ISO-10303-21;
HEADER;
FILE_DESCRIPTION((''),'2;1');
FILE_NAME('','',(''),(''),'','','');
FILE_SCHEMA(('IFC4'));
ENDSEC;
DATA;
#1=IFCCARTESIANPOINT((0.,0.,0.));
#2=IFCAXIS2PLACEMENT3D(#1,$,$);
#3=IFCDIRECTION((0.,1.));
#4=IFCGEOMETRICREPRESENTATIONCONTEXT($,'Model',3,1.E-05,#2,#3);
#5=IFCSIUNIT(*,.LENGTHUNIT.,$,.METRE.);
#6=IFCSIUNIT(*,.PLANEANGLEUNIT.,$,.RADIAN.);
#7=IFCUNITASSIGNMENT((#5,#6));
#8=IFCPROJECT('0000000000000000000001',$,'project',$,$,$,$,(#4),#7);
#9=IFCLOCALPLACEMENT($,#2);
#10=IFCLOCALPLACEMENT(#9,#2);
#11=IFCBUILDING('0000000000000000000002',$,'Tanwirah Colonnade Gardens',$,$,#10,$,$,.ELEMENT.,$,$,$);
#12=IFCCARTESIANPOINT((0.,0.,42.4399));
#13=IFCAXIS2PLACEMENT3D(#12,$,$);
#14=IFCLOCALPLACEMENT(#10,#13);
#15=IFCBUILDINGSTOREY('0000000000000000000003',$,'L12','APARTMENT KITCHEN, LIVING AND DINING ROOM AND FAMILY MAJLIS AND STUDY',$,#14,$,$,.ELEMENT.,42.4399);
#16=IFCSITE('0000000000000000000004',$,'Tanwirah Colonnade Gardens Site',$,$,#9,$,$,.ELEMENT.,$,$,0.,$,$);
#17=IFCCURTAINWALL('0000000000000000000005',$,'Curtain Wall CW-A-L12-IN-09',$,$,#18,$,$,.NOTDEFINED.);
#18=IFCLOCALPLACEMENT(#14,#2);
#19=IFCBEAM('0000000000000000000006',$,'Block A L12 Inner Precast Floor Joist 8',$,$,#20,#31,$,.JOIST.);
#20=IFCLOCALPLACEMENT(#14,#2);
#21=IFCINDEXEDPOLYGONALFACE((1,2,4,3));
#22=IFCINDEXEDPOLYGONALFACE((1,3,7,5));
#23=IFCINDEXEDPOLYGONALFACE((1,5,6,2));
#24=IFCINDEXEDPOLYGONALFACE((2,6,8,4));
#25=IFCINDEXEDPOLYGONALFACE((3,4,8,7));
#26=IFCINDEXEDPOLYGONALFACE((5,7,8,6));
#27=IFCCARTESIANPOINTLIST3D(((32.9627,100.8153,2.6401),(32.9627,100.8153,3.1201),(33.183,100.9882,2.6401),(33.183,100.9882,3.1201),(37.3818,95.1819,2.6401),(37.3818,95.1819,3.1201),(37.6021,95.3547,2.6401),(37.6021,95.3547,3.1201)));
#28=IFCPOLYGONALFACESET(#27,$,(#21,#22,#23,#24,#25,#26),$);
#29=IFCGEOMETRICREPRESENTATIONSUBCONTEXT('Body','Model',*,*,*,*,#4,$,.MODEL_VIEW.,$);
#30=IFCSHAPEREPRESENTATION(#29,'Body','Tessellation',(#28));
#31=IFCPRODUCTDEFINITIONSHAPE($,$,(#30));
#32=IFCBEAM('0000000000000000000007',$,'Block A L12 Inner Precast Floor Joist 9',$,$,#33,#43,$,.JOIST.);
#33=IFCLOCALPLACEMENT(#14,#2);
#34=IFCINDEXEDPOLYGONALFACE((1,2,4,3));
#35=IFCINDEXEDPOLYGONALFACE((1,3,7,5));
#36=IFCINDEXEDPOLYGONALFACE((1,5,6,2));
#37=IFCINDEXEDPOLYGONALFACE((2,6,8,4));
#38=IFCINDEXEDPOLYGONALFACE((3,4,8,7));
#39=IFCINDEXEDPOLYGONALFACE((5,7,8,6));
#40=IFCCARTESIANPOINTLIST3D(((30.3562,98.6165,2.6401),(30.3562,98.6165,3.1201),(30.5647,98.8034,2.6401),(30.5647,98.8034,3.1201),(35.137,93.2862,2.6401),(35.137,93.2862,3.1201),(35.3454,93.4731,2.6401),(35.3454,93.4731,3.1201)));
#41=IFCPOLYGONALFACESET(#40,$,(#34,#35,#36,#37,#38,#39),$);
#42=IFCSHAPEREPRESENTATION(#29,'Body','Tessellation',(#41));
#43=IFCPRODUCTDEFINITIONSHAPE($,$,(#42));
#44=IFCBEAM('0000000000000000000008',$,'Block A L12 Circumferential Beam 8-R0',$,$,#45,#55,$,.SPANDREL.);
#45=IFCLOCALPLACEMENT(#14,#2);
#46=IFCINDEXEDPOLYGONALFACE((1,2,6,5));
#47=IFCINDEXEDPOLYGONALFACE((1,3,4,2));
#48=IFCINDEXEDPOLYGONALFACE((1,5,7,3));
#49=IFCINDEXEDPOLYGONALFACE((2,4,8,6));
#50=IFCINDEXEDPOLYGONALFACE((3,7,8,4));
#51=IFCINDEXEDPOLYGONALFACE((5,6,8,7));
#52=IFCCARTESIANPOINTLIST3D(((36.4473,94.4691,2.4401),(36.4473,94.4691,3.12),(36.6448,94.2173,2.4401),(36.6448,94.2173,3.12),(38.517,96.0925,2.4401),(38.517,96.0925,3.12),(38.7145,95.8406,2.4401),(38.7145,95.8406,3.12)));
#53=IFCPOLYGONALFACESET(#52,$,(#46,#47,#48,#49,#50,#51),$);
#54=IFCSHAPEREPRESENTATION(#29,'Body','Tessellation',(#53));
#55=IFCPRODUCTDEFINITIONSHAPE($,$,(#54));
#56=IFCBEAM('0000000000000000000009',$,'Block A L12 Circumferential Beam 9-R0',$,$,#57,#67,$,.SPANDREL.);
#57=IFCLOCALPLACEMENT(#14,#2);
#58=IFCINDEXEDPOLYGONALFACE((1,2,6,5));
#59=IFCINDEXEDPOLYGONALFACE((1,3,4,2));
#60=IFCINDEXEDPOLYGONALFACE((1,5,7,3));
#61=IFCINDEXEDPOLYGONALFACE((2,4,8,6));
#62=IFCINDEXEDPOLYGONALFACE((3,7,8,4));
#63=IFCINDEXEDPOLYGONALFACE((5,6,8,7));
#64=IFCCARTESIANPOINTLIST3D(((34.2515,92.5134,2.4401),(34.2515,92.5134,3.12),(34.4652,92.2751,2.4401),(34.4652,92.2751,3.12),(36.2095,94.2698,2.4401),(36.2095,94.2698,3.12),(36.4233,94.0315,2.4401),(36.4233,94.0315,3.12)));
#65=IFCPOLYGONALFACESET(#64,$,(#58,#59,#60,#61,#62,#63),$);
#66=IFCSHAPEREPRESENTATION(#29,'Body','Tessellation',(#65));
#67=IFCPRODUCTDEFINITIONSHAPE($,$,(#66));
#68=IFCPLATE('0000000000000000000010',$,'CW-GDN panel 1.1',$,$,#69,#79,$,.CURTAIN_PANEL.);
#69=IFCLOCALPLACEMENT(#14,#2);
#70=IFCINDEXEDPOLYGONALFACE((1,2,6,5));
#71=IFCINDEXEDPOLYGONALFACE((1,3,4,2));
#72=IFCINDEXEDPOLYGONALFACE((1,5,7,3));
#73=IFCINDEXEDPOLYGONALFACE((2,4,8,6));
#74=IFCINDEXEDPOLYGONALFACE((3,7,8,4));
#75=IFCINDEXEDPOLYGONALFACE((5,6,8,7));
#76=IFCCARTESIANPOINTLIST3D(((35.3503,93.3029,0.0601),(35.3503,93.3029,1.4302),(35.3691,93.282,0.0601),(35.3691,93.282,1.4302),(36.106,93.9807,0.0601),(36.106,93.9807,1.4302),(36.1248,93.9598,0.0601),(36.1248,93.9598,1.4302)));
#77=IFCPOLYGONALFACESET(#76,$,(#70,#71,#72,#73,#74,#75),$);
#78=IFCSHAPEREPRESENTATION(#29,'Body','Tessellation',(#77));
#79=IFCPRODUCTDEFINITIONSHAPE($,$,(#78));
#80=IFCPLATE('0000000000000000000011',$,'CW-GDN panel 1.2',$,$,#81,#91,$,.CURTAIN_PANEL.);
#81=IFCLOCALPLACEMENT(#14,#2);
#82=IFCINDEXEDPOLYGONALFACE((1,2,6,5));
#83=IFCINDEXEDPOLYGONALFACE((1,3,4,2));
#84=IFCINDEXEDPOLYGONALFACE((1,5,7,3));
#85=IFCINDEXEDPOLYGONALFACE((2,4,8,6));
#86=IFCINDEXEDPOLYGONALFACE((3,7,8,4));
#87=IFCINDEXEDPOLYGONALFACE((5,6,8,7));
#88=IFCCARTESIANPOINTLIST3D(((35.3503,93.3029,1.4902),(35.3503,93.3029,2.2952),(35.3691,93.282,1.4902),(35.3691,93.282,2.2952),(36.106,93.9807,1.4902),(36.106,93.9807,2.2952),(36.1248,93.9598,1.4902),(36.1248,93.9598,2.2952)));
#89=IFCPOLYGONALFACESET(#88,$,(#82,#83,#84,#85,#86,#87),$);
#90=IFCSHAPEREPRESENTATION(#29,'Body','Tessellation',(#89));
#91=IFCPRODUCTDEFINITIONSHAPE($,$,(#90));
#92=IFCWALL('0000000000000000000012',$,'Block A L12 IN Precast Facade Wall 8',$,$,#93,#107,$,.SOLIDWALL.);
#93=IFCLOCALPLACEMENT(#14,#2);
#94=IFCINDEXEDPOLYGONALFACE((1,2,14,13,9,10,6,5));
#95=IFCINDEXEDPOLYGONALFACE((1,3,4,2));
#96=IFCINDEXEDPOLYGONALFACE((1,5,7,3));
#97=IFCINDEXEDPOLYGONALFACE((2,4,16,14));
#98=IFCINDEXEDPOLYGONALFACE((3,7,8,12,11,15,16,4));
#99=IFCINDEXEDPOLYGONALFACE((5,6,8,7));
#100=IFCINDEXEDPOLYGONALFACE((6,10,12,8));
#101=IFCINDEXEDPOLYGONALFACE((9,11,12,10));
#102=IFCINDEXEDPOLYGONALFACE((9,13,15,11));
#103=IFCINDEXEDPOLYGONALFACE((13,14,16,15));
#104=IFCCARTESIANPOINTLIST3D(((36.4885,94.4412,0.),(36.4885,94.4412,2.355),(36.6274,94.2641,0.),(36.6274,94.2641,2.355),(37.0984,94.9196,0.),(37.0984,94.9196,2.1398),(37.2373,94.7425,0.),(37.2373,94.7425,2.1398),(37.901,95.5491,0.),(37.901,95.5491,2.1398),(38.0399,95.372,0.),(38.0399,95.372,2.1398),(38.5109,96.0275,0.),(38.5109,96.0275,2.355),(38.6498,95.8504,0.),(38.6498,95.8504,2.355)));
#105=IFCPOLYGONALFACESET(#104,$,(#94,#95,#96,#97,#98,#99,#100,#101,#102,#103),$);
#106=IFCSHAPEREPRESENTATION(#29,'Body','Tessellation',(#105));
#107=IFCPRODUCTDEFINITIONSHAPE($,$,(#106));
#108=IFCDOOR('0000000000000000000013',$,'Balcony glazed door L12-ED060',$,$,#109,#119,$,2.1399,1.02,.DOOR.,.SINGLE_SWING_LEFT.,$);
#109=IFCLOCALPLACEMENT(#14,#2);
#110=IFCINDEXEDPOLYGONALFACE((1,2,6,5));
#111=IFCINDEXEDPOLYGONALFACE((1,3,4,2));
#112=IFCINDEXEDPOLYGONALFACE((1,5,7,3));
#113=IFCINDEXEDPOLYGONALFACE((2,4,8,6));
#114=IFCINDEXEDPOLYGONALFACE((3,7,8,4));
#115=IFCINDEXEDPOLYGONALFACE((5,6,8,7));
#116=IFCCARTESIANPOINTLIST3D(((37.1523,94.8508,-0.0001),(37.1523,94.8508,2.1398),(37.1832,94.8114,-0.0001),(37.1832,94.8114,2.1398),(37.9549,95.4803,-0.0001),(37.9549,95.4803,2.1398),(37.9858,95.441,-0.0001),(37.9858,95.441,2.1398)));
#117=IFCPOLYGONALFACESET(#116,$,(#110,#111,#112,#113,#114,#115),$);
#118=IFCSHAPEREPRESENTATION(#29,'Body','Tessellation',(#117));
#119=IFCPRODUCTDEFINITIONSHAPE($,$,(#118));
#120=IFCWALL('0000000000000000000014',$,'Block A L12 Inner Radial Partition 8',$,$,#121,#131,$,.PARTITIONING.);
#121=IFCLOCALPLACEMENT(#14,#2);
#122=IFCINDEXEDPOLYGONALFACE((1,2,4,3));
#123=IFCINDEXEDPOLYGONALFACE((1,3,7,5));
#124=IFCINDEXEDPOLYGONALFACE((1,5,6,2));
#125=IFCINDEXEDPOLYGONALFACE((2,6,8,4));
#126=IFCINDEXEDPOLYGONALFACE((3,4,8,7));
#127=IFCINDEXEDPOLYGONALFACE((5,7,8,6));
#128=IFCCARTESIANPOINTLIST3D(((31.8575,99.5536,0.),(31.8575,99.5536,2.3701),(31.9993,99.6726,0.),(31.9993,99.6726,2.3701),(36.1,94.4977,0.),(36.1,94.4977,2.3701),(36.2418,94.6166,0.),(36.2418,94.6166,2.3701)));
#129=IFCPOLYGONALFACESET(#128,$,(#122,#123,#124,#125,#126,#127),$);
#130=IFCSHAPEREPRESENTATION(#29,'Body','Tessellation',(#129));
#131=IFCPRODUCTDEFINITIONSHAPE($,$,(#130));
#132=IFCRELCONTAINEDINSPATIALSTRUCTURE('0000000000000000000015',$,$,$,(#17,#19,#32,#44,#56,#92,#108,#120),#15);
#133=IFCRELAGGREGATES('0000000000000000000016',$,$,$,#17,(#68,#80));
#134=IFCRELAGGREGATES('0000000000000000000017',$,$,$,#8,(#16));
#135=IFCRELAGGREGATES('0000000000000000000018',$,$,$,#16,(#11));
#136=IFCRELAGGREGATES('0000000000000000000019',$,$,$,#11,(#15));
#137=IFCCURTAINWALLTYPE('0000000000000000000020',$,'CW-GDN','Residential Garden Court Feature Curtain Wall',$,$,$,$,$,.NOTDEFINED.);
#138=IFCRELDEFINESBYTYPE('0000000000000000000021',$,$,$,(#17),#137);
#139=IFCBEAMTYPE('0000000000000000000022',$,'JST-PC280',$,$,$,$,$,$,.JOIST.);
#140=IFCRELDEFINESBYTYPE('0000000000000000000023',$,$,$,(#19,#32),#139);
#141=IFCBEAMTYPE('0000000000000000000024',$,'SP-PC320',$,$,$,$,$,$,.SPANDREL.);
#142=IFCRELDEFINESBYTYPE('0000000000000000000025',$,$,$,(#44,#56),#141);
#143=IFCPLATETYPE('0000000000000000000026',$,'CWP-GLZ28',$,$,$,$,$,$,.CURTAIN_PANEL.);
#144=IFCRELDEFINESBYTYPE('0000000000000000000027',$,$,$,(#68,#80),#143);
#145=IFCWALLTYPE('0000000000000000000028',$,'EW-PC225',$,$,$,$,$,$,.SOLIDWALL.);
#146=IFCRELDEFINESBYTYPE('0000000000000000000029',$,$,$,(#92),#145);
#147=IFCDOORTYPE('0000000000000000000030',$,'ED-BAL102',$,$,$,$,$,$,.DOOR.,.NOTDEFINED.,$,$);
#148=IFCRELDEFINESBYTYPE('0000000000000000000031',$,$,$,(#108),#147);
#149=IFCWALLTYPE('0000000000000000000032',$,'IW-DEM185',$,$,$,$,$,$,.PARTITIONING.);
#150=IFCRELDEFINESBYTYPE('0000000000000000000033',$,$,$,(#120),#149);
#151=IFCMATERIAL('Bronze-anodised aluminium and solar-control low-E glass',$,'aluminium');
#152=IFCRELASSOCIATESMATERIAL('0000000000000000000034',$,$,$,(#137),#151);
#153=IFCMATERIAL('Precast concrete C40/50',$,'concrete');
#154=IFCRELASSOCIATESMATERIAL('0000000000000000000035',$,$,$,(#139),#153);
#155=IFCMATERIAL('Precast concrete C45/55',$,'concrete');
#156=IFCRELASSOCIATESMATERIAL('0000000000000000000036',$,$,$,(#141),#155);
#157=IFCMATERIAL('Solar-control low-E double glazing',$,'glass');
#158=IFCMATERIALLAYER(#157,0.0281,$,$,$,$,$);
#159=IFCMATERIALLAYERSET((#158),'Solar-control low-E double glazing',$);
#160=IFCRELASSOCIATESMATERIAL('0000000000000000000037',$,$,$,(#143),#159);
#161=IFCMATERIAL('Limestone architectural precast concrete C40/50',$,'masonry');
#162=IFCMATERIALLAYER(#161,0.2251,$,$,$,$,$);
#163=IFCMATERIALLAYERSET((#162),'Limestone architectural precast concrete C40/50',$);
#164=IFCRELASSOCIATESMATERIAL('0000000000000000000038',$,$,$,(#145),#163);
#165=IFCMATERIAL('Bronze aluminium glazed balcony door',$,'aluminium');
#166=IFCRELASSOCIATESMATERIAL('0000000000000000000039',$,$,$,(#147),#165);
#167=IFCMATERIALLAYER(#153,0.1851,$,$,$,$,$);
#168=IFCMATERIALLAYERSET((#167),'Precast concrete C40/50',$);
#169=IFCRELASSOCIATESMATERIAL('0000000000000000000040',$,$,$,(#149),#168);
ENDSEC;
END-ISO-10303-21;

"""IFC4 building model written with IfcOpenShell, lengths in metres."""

from ifc_helpers import new_model, si_unit, direction, frame, frame_2d, origin, origin_2d, place, context, subcontext, project, spatial, rectangle, extrude, material, layer, layer_set, material_profile, profile_set, type_object, element, fill, aggregate, save


model = new_model("IFC4")

# Units and contexts
model_context = context("Model", 3, precision=1e-05, world=origin(), true_north=direction((0.0, 1.0)))
body_context = subcontext(model_context, "Body", "Model", "MODEL_VIEW")
ifc_project = project(units=[si_unit("LENGTHUNIT", "METRE"), si_unit("PLANEANGLEUNIT", "RADIAN")], contexts=[model_context])

# Site, building, storey
site_placement = place(None, origin())
site = spatial("IfcSite", under=ifc_project, at=site_placement, Name="Tanwirah Colonnade Gardens Site", CompositionType="ELEMENT", RefElevation=0.0)
building_placement = place(site_placement, origin())
building = spatial("IfcBuilding", under=site, at=building_placement, Name="Tanwirah Colonnade Gardens", CompositionType="ELEMENT")
storey_placement = place(building_placement, frame((0.0, 0.0, 42.4399)))
storey = spatial("IfcBuildingStorey", under=building, at=storey_placement, Name="L12", Description="APARTMENT KITCHEN, LIVING AND DINING ROOM AND FAMILY MAJLIS AND STUDY", CompositionType="ELEMENT", Elevation=42.4399)

# Shared definitions
ifc_material_1 = material(Name="Precast concrete C40/50", Category="concrete")

# Curtain wall
ifc_material_2 = material(Name="Bronze-anodised aluminium and solar-control low-E glass", Category="aluminium")
curtain_wall_type = type_object("IfcCurtainWallType", Name="CW-GDN", Description="Residential Garden Court Feature Curtain Wall", PredefinedType="NOTDEFINED", material=ifc_material_2)
curtain_wall_placement = place(storey_placement, origin())
curtain_wall = element("IfcCurtainWall", 1, at=curtain_wall_placement, inside=storey, type_object=curtain_wall_type, Name="Curtain Wall CW-A-L12-IN-09", PredefinedType="NOTDEFINED")

# Beams
ifc_material_profile_1 = material_profile(ifc_material_1, rectangle(XDim=0.28, YDim=0.48, at=origin_2d()), Name="PC-JST 280x480")
ifc_profile_set_1 = profile_set([ifc_material_profile_1], Name="Precast concrete C40/50")
beam_type_1 = type_object("IfcBeamType", Name="JST-PC280", PredefinedType="JOIST", material=ifc_profile_set_1)
for number, where, z_axis, x_axis, name in (
    (2, (37.4919, 95.2683, 2.8801), (-0.617202, 0.786804, 0.0), (-0.786804, -0.617202, 0.0), "Block A L12 Inner Precast Floor Joist 8"),
):
    element("IfcBeam", number, at=place(storey_placement, frame(where, z_axis=z_axis, x_axis=x_axis)), inside=storey, type_object=beam_type_1, Name=name, PredefinedType="JOIST", context=body_context, shape_type="SweptSolid", body=[
        extrude(rectangle(XDim=0.28, YDim=0.48, at=origin_2d()), origin(), (0.0, 0.0, 1.0), 7.1599),
    ])
beam_placement = place(storey_placement, frame((35.2412, 93.3796, 2.8801), z_axis=(-0.667688, 0.744441, 0.0), x_axis=(-0.744441, -0.667688, 0.0)))
element("IfcBeam", 3, at=beam_placement, inside=storey, type_object=beam_type_1, Name="Block A L12 Inner Precast Floor Joist 9", PredefinedType="JOIST", context=body_context, shape_type="SweptSolid", body=[
    extrude(rectangle(XDim=0.28, YDim=0.48, at=origin_2d()), origin(), (0.0, 0.0, 1.0), 7.1602),
])
ifc_material_3 = material(Name="Precast concrete C45/55", Category="concrete")
ifc_material_profile_2 = material_profile(ifc_material_3, rectangle(XDim=0.3201, YDim=0.6799, at=origin_2d()), Name="PC-SP 320x680")
ifc_profile_set_2 = profile_set([ifc_material_profile_2], Name="Precast concrete C45/55")
beam_type_2 = type_object("IfcBeamType", Name="SP-PC320", PredefinedType="SPANDREL", material=ifc_profile_set_2)
for number, where, z_axis, x_axis, name in (
    (4, (38.6157, 95.9666, 2.78), (-0.786837, -0.617161, 0.0), (0.617161, -0.786837, 0.0), "Block A L12 Circumferential Beam 8-R0"),
    (5, (36.3164, 94.1506, 2.78), (-0.744401, -0.667733, 0.0), (0.667733, -0.744401, 0.0), "Block A L12 Circumferential Beam 9-R0"),
):
    element("IfcBeam", number, at=place(storey_placement, frame(where, z_axis=z_axis, x_axis=x_axis)), inside=storey, type_object=beam_type_2, Name=name, PredefinedType="SPANDREL", context=body_context, shape_type="SweptSolid", body=[
        extrude(rectangle(XDim=0.3201, YDim=0.6799, at=origin_2d()), origin(), (0.0, 0.0, 1.0), 2.6304),
    ])

# Plates
ifc_material_4 = material(Name="Solar-control low-E double glazing", Category="glass")
ifc_layer_1 = layer(ifc_material_4, 0.0281)
ifc_layer_set_1 = layer_set([ifc_layer_1], Name="Solar-control low-E double glazing")
plate_type = type_object("IfcPlateType", Name="CWP-GLZ28", PredefinedType="CURTAIN_PANEL", material=ifc_layer_set_1)
plate_1_placement = place(storey_placement, frame((35.7375, 93.6313, 0.0601), z_axis=(0.0, 0.0, 1.0), x_axis=(-0.74444, -0.667689, 0.0)))
plate_1 = element("IfcPlate", 6, at=plate_1_placement, type_object=plate_type, Name="CW-GDN panel 1.1", PredefinedType="CURTAIN_PANEL", context=body_context, shape_type="SweptSolid", body=[
    extrude(rectangle(XDim=1.0151, YDim=0.0281, at=origin_2d()), origin(), (0.0, 0.0, 1.0), 1.3701),
])
plate_2_placement = place(storey_placement, frame((35.7375, 93.6313, 1.4902), z_axis=(0.0, 0.0, 1.0), x_axis=(-0.74444, -0.667689, 0.0)))
plate_2 = element("IfcPlate", 7, at=plate_2_placement, type_object=plate_type, Name="CW-GDN panel 1.2", PredefinedType="CURTAIN_PANEL", context=body_context, shape_type="SweptSolid", body=[
    extrude(rectangle(XDim=1.0151, YDim=0.0281, at=origin_2d()), origin(), (0.0, 0.0, 1.0), 0.8049),
])
aggregate(curtain_wall, [plate_1, plate_2])

# Wall, opening, door
ifc_material_5 = material(Name="Limestone architectural precast concrete C40/50", Category="masonry")
ifc_layer_2 = layer(ifc_material_5, 0.2251)
ifc_layer_set_2 = layer_set([ifc_layer_2], Name="Limestone architectural precast concrete C40/50")
wall_type_1 = type_object("IfcWallType", Name="EW-PC225", PredefinedType="SOLIDWALL", material=ifc_layer_set_2)
wall_1_placement = place(storey_placement, frame((38.5803, 95.939, 0.0), z_axis=(0.0, 0.0, 1.0), x_axis=(-0.786819, -0.617184, 0.0)))
wall_1 = element("IfcWall", 8, at=wall_1_placement, inside=storey, type_object=wall_type_1, Name="Block A L12 IN Precast Facade Wall 8", PredefinedType="SOLIDWALL", context=body_context, shape_type="SweptSolid", body=[
    extrude(rectangle(XDim=2.5703, YDim=0.2251, at=frame_2d((1.2852, 0.0))), origin(), (0.0, 0.0, 1.0), 2.355),
])
opening_placement = place(wall_1_placement, frame((0.7751, 0.0, 0.0)))
opening = element("IfcOpeningElement", 9, at=opening_placement, cuts=wall_1, PredefinedType="OPENING", context=body_context, shape_type="SweptSolid", body=[
    extrude(rectangle(XDim=1.02, YDim=2.1399, at=frame_2d((0.51, 1.0698))), frame((0.0, 0.1226, 0.0), z_axis=(0.0, -1.0, 0.0), x_axis=(1.0, 0.0, 0.0)), (0.0, 0.0, 1.0), 0.2451),
])
ifc_material_6 = material(Name="Bronze aluminium glazed balcony door", Category="aluminium")
door_type = type_object("IfcDoorType", Name="ED-BAL102", OperationType="NOTDEFINED", PredefinedType="DOOR", material=ifc_material_6)
door_placement = place(opening_placement, origin())
door = element("IfcDoor", 10, at=door_placement, inside=storey, type_object=door_type, Name="Balcony glazed door L12-ED060", OperationType="SINGLE_SWING_LEFT", OverallHeight=2.1399, OverallWidth=1.02, PredefinedType="DOOR", context=body_context, shape_type="SweptSolid", body=[
    extrude(rectangle(XDim=1.02, YDim=2.1399, at=frame_2d((0.51, 1.0698))), frame((0.0, 0.0249, 0.0), z_axis=(0.0, -1.0, 0.0), x_axis=(1.0, 0.0, 0.0)), (0.0, 0.0, 1.0), 0.05),
])
fill(opening, door)

# Wall
ifc_layer_3 = layer(ifc_material_1, 0.1851)
ifc_layer_set_3 = layer_set([ifc_layer_3], Name="Precast concrete C40/50")
wall_type_2 = type_object("IfcWallType", Name="IW-DEM185", PredefinedType="PARTITIONING", material=ifc_layer_set_3)
wall_2_placement = place(storey_placement, frame((36.1709, 94.5571, 0.0), z_axis=(0.0, 0.0, 1.0), x_axis=(-0.642789, 0.766043, 0.0)))
element("IfcWall", 11, at=wall_2_placement, inside=storey, type_object=wall_type_2, Name="Block A L12 Inner Radial Partition 8", PredefinedType="PARTITIONING", context=body_context, shape_type="SweptSolid", body=[
    extrude(rectangle(XDim=6.6001, YDim=0.1851, at=frame_2d((3.3, 0.0))), origin(), (0.0, 0.0, 1.0), 2.3701),
])

save(model, "model.ifc")
